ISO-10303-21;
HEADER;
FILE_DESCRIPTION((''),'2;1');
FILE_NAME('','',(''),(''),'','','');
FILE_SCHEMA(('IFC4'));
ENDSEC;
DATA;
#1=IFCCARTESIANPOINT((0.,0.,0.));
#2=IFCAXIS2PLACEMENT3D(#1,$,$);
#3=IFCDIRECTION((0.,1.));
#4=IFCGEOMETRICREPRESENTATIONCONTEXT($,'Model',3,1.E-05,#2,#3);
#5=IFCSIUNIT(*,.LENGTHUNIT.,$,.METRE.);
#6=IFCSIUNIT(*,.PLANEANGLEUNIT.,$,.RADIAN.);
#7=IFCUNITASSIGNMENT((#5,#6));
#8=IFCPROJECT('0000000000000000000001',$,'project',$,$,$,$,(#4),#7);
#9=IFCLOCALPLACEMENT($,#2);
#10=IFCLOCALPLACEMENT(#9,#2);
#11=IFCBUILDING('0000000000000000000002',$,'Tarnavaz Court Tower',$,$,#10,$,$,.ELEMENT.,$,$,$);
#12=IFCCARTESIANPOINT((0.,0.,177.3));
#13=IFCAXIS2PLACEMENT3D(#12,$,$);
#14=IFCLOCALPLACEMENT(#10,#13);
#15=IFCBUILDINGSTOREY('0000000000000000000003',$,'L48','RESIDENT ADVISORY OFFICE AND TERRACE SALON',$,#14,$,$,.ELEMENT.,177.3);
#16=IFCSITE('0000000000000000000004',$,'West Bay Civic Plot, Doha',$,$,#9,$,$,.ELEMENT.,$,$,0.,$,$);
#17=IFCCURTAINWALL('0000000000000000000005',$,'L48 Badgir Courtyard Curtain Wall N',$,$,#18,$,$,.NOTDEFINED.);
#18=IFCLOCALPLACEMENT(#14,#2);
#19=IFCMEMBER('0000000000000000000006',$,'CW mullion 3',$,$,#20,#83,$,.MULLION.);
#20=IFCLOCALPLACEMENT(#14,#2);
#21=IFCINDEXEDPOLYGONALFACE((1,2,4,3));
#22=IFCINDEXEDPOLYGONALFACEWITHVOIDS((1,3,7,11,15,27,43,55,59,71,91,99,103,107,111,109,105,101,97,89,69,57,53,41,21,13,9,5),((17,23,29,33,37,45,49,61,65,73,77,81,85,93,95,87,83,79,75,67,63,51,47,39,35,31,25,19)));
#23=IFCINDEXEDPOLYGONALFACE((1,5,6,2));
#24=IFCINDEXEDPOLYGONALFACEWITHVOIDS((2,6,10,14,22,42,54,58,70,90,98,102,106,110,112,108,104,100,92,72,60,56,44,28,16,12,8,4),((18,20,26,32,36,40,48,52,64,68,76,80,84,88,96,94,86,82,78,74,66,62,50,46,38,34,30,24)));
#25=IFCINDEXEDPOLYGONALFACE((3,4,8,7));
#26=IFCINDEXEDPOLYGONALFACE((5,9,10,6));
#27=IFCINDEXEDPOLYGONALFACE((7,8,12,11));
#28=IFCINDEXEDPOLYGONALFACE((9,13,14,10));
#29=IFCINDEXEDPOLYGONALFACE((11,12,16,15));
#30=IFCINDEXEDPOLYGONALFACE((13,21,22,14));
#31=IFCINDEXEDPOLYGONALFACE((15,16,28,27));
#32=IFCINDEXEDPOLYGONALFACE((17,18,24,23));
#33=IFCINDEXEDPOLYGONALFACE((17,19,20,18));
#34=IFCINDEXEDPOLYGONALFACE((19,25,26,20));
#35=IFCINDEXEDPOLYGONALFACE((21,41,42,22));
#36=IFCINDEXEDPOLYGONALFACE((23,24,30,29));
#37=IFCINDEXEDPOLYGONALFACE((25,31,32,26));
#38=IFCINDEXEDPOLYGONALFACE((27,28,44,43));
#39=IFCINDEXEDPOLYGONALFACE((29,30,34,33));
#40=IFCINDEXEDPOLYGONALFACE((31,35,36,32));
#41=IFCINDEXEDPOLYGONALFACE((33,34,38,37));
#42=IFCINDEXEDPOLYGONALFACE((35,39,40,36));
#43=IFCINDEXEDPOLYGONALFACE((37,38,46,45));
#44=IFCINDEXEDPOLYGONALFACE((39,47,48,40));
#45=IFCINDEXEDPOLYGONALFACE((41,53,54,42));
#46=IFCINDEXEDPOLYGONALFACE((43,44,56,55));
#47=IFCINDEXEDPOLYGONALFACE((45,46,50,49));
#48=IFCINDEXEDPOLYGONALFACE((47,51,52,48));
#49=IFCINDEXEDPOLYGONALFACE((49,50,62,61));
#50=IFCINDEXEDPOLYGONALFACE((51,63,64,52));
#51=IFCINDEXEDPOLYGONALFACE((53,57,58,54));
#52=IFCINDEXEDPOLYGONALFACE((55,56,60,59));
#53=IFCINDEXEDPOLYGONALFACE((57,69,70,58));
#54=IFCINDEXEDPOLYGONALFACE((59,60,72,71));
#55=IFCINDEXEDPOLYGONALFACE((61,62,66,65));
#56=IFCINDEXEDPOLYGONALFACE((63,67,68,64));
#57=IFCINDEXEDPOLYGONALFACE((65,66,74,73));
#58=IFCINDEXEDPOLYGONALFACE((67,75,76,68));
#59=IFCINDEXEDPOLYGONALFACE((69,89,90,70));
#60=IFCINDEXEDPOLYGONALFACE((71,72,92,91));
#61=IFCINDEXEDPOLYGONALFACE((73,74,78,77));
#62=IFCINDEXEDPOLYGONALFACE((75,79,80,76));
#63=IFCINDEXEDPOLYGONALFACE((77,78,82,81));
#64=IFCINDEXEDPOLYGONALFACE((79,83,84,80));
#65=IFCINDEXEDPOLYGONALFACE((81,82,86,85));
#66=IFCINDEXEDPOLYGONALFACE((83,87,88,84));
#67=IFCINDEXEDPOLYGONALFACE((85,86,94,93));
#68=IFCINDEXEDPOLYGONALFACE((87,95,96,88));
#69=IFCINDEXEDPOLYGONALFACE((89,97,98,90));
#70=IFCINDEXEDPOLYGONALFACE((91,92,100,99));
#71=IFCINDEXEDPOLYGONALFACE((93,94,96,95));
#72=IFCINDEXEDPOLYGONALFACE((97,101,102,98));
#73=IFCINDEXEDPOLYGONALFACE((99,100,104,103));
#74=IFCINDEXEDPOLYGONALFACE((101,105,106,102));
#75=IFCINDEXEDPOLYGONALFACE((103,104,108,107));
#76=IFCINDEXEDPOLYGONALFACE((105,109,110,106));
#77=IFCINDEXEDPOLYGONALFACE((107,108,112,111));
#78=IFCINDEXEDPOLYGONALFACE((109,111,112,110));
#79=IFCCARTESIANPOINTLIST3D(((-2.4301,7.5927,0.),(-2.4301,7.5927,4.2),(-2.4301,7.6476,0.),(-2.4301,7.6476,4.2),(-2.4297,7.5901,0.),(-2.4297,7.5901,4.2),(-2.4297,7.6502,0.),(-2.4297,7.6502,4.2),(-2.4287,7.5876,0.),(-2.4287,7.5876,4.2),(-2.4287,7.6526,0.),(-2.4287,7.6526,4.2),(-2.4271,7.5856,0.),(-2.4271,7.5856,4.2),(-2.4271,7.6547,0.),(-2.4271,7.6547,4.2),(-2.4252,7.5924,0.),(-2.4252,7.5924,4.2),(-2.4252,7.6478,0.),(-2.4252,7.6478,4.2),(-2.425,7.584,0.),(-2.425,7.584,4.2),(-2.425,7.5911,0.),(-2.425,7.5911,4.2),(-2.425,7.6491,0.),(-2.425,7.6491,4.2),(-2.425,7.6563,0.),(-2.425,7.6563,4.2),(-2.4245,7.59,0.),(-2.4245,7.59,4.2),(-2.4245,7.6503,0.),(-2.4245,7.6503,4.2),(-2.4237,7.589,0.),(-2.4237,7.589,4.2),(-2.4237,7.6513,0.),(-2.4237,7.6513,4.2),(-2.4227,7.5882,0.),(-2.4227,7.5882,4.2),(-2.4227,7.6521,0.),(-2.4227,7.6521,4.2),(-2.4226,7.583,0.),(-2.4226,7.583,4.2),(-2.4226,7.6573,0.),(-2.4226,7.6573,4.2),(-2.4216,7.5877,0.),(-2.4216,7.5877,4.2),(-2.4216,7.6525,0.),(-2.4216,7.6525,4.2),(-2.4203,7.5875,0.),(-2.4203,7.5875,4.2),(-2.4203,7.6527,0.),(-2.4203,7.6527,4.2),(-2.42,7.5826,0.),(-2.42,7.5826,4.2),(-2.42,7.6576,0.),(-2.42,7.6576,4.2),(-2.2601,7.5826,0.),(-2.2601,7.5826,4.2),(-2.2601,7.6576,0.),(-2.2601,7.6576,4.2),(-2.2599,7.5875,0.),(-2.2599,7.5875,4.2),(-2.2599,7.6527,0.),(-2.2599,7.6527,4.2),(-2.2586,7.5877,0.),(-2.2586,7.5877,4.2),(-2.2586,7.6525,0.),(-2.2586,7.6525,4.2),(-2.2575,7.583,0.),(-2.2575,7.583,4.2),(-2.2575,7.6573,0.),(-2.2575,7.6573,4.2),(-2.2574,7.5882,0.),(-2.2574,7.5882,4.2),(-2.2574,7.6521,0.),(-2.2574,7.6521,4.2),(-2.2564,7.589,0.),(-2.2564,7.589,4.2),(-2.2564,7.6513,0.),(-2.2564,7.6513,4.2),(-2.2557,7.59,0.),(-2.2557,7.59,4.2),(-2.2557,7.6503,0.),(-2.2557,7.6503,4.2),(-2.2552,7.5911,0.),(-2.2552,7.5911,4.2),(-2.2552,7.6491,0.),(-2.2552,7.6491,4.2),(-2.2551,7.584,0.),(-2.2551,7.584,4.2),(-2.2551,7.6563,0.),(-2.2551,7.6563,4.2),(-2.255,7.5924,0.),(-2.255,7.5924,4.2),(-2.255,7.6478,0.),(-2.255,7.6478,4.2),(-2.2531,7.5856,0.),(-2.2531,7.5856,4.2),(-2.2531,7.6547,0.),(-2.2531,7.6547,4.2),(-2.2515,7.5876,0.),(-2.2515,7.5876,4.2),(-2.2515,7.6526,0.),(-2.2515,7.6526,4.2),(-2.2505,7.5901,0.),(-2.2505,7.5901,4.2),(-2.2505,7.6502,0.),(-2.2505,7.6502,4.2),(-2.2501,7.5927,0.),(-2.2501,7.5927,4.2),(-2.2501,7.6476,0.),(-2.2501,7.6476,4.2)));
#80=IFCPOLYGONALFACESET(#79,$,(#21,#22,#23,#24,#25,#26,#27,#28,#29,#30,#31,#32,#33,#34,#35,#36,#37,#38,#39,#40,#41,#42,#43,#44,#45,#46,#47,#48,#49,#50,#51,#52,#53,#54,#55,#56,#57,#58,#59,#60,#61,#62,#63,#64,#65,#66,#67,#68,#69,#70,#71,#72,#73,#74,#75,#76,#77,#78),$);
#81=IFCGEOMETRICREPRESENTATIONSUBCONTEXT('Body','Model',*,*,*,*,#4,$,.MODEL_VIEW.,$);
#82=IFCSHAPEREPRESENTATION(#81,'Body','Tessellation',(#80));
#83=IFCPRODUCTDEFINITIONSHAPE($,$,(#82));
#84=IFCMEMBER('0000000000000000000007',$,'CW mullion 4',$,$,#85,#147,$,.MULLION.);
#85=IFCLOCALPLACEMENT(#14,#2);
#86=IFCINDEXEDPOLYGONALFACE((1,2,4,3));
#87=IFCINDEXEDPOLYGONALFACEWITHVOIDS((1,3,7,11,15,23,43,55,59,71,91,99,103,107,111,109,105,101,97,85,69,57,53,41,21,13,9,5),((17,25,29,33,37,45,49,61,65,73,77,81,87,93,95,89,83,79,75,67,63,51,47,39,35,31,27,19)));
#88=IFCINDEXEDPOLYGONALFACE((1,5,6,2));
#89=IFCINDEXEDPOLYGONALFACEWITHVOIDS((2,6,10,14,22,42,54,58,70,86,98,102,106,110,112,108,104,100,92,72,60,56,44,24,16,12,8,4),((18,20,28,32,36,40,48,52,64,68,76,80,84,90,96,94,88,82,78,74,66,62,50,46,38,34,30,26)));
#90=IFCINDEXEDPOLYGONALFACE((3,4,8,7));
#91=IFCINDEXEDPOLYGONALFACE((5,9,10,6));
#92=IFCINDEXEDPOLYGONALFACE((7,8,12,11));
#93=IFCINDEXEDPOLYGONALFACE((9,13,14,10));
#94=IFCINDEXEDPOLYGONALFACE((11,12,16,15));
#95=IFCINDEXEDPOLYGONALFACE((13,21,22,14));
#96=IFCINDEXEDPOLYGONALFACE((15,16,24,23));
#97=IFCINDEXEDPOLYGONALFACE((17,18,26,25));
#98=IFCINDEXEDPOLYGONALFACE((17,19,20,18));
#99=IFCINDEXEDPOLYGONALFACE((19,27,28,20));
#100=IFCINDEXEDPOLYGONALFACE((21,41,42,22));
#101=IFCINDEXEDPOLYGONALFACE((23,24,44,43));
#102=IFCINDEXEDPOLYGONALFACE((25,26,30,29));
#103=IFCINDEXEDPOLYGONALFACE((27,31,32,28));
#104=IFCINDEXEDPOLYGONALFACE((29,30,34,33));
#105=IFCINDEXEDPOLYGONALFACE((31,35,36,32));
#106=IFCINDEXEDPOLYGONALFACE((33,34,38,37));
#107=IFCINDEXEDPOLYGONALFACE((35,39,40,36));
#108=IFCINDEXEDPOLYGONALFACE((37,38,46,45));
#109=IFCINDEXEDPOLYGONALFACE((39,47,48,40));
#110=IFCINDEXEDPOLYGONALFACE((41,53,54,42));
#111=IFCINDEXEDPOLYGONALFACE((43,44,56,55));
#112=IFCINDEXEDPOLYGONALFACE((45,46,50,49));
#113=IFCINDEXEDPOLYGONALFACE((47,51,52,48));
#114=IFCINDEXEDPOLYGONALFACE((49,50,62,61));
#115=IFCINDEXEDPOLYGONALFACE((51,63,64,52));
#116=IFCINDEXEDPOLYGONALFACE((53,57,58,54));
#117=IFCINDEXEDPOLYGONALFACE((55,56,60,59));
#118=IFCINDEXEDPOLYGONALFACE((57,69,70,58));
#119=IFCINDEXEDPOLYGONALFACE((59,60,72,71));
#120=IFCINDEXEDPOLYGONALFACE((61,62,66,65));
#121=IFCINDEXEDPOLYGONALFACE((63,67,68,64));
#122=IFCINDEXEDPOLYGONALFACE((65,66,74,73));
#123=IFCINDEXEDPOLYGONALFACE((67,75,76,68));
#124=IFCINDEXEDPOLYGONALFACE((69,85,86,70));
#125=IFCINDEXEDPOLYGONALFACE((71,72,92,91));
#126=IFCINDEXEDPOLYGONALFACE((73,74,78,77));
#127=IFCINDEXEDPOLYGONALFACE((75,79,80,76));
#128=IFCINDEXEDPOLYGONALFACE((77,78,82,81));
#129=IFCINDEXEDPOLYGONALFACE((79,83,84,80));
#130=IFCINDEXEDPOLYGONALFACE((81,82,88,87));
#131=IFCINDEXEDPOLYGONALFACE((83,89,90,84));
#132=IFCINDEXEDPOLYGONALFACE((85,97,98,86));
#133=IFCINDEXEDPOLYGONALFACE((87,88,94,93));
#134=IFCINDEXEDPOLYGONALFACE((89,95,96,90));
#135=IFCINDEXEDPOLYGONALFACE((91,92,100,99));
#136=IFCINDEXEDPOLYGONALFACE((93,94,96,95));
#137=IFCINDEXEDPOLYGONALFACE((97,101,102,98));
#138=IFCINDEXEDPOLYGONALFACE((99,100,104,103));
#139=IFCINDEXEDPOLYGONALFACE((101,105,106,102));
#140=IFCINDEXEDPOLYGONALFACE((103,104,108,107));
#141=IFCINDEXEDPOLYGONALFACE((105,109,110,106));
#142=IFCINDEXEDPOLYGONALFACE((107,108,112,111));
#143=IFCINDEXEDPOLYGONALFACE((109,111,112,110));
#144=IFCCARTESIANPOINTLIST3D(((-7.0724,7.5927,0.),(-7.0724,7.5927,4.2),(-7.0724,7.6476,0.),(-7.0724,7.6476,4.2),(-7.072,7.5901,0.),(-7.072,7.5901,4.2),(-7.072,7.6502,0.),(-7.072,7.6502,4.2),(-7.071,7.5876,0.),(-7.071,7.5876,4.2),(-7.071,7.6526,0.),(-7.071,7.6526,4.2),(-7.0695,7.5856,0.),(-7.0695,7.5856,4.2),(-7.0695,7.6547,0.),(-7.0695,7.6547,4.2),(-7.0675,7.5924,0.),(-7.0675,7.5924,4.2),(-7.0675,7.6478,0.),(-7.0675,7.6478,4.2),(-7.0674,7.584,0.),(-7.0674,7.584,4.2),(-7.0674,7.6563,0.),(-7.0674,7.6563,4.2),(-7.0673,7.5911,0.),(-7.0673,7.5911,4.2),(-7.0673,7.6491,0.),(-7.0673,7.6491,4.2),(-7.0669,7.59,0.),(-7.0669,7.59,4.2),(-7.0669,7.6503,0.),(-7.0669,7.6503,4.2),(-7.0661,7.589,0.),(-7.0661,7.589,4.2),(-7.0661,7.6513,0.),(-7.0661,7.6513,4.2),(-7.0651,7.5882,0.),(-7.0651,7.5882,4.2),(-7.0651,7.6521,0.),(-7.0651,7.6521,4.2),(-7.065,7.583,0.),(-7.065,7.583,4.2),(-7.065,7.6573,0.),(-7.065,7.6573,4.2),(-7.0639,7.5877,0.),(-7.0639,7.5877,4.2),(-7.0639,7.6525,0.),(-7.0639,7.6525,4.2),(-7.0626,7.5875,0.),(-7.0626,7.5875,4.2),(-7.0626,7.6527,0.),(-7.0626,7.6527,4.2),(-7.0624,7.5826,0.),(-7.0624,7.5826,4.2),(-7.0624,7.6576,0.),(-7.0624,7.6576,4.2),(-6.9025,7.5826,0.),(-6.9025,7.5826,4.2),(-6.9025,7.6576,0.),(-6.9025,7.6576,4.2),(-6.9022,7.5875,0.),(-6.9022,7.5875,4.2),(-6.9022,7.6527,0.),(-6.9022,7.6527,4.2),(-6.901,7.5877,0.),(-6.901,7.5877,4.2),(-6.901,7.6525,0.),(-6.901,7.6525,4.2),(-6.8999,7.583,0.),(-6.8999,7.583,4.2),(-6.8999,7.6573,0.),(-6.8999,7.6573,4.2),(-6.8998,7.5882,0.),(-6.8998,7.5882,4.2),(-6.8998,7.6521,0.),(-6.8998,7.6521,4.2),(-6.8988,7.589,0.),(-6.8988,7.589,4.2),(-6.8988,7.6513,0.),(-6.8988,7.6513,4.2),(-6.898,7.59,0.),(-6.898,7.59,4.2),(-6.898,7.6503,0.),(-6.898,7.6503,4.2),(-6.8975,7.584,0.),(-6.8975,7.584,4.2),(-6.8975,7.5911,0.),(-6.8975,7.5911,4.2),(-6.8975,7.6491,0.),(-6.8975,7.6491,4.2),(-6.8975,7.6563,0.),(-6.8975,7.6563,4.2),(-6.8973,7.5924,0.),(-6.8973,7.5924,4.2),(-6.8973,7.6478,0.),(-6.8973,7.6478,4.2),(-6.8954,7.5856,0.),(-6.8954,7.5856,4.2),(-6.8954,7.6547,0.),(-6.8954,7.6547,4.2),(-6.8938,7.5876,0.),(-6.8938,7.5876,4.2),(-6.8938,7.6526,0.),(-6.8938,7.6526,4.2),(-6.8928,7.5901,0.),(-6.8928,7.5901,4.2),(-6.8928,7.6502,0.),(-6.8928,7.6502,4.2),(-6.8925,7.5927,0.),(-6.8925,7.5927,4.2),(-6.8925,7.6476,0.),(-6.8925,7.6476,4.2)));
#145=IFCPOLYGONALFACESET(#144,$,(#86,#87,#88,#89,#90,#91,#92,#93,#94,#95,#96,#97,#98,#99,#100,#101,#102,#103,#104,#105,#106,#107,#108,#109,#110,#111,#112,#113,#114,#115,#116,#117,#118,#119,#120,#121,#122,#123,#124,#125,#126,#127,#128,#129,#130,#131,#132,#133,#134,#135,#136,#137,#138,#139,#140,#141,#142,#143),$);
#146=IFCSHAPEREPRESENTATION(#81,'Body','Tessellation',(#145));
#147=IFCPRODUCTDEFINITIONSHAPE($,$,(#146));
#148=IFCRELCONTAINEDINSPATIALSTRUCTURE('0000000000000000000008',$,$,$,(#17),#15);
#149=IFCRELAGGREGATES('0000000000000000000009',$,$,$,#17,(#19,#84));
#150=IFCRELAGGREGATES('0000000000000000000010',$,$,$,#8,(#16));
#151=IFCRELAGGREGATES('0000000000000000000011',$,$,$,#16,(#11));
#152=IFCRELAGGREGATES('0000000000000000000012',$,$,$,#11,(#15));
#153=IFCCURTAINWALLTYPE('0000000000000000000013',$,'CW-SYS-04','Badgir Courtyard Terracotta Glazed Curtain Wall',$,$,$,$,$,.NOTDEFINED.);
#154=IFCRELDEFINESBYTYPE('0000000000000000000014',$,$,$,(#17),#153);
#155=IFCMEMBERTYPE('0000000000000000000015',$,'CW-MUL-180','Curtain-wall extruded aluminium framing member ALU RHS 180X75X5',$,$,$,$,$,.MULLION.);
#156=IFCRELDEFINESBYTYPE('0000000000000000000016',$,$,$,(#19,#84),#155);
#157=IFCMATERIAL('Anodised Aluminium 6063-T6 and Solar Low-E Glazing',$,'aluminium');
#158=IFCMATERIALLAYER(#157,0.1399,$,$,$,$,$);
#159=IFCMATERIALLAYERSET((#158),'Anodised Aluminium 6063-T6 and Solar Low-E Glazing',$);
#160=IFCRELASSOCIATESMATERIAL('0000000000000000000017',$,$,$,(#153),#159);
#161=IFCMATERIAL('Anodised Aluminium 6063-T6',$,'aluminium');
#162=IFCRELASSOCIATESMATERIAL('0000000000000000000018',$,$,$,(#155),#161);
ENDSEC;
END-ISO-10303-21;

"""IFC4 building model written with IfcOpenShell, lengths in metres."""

from ifc_helpers import new_model, si_unit, direction, frame, origin, origin_2d, place, context, subcontext, project, spatial, hollow_rectangle, extrude, material, layer, layer_set, material_profile, profile_set, type_object, element, aggregate, save


model = new_model("IFC4")

# Units and contexts
model_context = context("Model", 3, precision=1e-05, world=origin(), true_north=direction((0.0, 1.0)))
body_context = subcontext(model_context, "Body", "Model", "MODEL_VIEW")
ifc_project = project(units=[si_unit("LENGTHUNIT", "METRE"), si_unit("PLANEANGLEUNIT", "RADIAN")], contexts=[model_context])

# Site, building, storey
site_placement = place(None, origin())
site = spatial("IfcSite", under=ifc_project, at=site_placement, Name="West Bay Civic Plot, Doha", CompositionType="ELEMENT", RefElevation=0.0)
building_placement = place(site_placement, origin())
building = spatial("IfcBuilding", under=site, at=building_placement, Name="Tarnavaz Court Tower", CompositionType="ELEMENT")
storey_placement = place(building_placement, frame((0.0, 0.0, 177.3)))
storey = spatial("IfcBuildingStorey", under=building, at=storey_placement, Name="L48", Description="RESIDENT ADVISORY OFFICE AND TERRACE SALON", CompositionType="ELEMENT", Elevation=177.3)

# Curtain wall, members
ifc_material_1 = material(Name="Anodised Aluminium 6063-T6 and Solar Low-E Glazing", Category="aluminium")
ifc_layer_1 = layer(ifc_material_1, 0.1399)
ifc_layer_set_1 = layer_set([ifc_layer_1], Name="Anodised Aluminium 6063-T6 and Solar Low-E Glazing")
curtain_wall_type = type_object("IfcCurtainWallType", Name="CW-SYS-04", Description="Badgir Courtyard Terracotta Glazed Curtain Wall", PredefinedType="NOTDEFINED", material=ifc_layer_set_1)
curtain_wall_placement = place(storey_placement, origin())
curtain_wall = element("IfcCurtainWall", 1, at=curtain_wall_placement, inside=storey, type_object=curtain_wall_type, Name="L48 Badgir Courtyard Curtain Wall N", PredefinedType="NOTDEFINED")
ifc_material_2 = material(Name="Anodised Aluminium 6063-T6", Category="aluminium")
ifc_material_profile_1 = material_profile(ifc_material_2, hollow_rectangle(XDim=0.075, YDim=0.1799, WallThickness=0.0049, InnerFilletRadius=0.0049, OuterFilletRadius=0.01, at=origin_2d()), Name="ALU RHS 180X75X5")
ifc_profile_set_1 = profile_set([ifc_material_profile_1], Name="Anodised Aluminium 6063-T6")
member_type_1 = type_object("IfcMemberType", Name="CW-MUL-180", Description="Curtain-wall extruded aluminium framing member ALU RHS 180X75X5", PredefinedType="MULLION", material=ifc_profile_set_1)
member_1_placement = place(storey_placement, frame((-2.3401, 7.6201, 0.0), z_axis=(0.0, 0.0, 1.0), x_axis=(0.0, -1.0, 0.0)))
member_1 = element("IfcMember", 2, at=member_1_placement, type_object=member_type_1, Name="CW mullion 3", PredefinedType="MULLION", context=body_context, shape_type="SweptSolid", body=[
    extrude(hollow_rectangle(XDim=0.075, YDim=0.1799, WallThickness=0.0049, InnerFilletRadius=0.0049, OuterFilletRadius=0.01, at=origin_2d()), origin(), (0.0, 0.0, 1.0), 4.2),
])
member_2_placement = place(storey_placement, frame((-6.9824, 7.6201, 0.0), z_axis=(0.0, 0.0, 1.0), x_axis=(0.0, -1.0, 0.0)))
member_2 = element("IfcMember", 3, at=member_2_placement, type_object=member_type_1, Name="CW mullion 4", PredefinedType="MULLION", context=body_context, shape_type="SweptSolid", body=[
    extrude(hollow_rectangle(XDim=0.075, YDim=0.1799, WallThickness=0.0049, InnerFilletRadius=0.0049, OuterFilletRadius=0.01, at=origin_2d()), origin(), (0.0, 0.0, 1.0), 4.2),
])
aggregate(curtain_wall, [member_1, member_2])

save(model, "model.ifc")
